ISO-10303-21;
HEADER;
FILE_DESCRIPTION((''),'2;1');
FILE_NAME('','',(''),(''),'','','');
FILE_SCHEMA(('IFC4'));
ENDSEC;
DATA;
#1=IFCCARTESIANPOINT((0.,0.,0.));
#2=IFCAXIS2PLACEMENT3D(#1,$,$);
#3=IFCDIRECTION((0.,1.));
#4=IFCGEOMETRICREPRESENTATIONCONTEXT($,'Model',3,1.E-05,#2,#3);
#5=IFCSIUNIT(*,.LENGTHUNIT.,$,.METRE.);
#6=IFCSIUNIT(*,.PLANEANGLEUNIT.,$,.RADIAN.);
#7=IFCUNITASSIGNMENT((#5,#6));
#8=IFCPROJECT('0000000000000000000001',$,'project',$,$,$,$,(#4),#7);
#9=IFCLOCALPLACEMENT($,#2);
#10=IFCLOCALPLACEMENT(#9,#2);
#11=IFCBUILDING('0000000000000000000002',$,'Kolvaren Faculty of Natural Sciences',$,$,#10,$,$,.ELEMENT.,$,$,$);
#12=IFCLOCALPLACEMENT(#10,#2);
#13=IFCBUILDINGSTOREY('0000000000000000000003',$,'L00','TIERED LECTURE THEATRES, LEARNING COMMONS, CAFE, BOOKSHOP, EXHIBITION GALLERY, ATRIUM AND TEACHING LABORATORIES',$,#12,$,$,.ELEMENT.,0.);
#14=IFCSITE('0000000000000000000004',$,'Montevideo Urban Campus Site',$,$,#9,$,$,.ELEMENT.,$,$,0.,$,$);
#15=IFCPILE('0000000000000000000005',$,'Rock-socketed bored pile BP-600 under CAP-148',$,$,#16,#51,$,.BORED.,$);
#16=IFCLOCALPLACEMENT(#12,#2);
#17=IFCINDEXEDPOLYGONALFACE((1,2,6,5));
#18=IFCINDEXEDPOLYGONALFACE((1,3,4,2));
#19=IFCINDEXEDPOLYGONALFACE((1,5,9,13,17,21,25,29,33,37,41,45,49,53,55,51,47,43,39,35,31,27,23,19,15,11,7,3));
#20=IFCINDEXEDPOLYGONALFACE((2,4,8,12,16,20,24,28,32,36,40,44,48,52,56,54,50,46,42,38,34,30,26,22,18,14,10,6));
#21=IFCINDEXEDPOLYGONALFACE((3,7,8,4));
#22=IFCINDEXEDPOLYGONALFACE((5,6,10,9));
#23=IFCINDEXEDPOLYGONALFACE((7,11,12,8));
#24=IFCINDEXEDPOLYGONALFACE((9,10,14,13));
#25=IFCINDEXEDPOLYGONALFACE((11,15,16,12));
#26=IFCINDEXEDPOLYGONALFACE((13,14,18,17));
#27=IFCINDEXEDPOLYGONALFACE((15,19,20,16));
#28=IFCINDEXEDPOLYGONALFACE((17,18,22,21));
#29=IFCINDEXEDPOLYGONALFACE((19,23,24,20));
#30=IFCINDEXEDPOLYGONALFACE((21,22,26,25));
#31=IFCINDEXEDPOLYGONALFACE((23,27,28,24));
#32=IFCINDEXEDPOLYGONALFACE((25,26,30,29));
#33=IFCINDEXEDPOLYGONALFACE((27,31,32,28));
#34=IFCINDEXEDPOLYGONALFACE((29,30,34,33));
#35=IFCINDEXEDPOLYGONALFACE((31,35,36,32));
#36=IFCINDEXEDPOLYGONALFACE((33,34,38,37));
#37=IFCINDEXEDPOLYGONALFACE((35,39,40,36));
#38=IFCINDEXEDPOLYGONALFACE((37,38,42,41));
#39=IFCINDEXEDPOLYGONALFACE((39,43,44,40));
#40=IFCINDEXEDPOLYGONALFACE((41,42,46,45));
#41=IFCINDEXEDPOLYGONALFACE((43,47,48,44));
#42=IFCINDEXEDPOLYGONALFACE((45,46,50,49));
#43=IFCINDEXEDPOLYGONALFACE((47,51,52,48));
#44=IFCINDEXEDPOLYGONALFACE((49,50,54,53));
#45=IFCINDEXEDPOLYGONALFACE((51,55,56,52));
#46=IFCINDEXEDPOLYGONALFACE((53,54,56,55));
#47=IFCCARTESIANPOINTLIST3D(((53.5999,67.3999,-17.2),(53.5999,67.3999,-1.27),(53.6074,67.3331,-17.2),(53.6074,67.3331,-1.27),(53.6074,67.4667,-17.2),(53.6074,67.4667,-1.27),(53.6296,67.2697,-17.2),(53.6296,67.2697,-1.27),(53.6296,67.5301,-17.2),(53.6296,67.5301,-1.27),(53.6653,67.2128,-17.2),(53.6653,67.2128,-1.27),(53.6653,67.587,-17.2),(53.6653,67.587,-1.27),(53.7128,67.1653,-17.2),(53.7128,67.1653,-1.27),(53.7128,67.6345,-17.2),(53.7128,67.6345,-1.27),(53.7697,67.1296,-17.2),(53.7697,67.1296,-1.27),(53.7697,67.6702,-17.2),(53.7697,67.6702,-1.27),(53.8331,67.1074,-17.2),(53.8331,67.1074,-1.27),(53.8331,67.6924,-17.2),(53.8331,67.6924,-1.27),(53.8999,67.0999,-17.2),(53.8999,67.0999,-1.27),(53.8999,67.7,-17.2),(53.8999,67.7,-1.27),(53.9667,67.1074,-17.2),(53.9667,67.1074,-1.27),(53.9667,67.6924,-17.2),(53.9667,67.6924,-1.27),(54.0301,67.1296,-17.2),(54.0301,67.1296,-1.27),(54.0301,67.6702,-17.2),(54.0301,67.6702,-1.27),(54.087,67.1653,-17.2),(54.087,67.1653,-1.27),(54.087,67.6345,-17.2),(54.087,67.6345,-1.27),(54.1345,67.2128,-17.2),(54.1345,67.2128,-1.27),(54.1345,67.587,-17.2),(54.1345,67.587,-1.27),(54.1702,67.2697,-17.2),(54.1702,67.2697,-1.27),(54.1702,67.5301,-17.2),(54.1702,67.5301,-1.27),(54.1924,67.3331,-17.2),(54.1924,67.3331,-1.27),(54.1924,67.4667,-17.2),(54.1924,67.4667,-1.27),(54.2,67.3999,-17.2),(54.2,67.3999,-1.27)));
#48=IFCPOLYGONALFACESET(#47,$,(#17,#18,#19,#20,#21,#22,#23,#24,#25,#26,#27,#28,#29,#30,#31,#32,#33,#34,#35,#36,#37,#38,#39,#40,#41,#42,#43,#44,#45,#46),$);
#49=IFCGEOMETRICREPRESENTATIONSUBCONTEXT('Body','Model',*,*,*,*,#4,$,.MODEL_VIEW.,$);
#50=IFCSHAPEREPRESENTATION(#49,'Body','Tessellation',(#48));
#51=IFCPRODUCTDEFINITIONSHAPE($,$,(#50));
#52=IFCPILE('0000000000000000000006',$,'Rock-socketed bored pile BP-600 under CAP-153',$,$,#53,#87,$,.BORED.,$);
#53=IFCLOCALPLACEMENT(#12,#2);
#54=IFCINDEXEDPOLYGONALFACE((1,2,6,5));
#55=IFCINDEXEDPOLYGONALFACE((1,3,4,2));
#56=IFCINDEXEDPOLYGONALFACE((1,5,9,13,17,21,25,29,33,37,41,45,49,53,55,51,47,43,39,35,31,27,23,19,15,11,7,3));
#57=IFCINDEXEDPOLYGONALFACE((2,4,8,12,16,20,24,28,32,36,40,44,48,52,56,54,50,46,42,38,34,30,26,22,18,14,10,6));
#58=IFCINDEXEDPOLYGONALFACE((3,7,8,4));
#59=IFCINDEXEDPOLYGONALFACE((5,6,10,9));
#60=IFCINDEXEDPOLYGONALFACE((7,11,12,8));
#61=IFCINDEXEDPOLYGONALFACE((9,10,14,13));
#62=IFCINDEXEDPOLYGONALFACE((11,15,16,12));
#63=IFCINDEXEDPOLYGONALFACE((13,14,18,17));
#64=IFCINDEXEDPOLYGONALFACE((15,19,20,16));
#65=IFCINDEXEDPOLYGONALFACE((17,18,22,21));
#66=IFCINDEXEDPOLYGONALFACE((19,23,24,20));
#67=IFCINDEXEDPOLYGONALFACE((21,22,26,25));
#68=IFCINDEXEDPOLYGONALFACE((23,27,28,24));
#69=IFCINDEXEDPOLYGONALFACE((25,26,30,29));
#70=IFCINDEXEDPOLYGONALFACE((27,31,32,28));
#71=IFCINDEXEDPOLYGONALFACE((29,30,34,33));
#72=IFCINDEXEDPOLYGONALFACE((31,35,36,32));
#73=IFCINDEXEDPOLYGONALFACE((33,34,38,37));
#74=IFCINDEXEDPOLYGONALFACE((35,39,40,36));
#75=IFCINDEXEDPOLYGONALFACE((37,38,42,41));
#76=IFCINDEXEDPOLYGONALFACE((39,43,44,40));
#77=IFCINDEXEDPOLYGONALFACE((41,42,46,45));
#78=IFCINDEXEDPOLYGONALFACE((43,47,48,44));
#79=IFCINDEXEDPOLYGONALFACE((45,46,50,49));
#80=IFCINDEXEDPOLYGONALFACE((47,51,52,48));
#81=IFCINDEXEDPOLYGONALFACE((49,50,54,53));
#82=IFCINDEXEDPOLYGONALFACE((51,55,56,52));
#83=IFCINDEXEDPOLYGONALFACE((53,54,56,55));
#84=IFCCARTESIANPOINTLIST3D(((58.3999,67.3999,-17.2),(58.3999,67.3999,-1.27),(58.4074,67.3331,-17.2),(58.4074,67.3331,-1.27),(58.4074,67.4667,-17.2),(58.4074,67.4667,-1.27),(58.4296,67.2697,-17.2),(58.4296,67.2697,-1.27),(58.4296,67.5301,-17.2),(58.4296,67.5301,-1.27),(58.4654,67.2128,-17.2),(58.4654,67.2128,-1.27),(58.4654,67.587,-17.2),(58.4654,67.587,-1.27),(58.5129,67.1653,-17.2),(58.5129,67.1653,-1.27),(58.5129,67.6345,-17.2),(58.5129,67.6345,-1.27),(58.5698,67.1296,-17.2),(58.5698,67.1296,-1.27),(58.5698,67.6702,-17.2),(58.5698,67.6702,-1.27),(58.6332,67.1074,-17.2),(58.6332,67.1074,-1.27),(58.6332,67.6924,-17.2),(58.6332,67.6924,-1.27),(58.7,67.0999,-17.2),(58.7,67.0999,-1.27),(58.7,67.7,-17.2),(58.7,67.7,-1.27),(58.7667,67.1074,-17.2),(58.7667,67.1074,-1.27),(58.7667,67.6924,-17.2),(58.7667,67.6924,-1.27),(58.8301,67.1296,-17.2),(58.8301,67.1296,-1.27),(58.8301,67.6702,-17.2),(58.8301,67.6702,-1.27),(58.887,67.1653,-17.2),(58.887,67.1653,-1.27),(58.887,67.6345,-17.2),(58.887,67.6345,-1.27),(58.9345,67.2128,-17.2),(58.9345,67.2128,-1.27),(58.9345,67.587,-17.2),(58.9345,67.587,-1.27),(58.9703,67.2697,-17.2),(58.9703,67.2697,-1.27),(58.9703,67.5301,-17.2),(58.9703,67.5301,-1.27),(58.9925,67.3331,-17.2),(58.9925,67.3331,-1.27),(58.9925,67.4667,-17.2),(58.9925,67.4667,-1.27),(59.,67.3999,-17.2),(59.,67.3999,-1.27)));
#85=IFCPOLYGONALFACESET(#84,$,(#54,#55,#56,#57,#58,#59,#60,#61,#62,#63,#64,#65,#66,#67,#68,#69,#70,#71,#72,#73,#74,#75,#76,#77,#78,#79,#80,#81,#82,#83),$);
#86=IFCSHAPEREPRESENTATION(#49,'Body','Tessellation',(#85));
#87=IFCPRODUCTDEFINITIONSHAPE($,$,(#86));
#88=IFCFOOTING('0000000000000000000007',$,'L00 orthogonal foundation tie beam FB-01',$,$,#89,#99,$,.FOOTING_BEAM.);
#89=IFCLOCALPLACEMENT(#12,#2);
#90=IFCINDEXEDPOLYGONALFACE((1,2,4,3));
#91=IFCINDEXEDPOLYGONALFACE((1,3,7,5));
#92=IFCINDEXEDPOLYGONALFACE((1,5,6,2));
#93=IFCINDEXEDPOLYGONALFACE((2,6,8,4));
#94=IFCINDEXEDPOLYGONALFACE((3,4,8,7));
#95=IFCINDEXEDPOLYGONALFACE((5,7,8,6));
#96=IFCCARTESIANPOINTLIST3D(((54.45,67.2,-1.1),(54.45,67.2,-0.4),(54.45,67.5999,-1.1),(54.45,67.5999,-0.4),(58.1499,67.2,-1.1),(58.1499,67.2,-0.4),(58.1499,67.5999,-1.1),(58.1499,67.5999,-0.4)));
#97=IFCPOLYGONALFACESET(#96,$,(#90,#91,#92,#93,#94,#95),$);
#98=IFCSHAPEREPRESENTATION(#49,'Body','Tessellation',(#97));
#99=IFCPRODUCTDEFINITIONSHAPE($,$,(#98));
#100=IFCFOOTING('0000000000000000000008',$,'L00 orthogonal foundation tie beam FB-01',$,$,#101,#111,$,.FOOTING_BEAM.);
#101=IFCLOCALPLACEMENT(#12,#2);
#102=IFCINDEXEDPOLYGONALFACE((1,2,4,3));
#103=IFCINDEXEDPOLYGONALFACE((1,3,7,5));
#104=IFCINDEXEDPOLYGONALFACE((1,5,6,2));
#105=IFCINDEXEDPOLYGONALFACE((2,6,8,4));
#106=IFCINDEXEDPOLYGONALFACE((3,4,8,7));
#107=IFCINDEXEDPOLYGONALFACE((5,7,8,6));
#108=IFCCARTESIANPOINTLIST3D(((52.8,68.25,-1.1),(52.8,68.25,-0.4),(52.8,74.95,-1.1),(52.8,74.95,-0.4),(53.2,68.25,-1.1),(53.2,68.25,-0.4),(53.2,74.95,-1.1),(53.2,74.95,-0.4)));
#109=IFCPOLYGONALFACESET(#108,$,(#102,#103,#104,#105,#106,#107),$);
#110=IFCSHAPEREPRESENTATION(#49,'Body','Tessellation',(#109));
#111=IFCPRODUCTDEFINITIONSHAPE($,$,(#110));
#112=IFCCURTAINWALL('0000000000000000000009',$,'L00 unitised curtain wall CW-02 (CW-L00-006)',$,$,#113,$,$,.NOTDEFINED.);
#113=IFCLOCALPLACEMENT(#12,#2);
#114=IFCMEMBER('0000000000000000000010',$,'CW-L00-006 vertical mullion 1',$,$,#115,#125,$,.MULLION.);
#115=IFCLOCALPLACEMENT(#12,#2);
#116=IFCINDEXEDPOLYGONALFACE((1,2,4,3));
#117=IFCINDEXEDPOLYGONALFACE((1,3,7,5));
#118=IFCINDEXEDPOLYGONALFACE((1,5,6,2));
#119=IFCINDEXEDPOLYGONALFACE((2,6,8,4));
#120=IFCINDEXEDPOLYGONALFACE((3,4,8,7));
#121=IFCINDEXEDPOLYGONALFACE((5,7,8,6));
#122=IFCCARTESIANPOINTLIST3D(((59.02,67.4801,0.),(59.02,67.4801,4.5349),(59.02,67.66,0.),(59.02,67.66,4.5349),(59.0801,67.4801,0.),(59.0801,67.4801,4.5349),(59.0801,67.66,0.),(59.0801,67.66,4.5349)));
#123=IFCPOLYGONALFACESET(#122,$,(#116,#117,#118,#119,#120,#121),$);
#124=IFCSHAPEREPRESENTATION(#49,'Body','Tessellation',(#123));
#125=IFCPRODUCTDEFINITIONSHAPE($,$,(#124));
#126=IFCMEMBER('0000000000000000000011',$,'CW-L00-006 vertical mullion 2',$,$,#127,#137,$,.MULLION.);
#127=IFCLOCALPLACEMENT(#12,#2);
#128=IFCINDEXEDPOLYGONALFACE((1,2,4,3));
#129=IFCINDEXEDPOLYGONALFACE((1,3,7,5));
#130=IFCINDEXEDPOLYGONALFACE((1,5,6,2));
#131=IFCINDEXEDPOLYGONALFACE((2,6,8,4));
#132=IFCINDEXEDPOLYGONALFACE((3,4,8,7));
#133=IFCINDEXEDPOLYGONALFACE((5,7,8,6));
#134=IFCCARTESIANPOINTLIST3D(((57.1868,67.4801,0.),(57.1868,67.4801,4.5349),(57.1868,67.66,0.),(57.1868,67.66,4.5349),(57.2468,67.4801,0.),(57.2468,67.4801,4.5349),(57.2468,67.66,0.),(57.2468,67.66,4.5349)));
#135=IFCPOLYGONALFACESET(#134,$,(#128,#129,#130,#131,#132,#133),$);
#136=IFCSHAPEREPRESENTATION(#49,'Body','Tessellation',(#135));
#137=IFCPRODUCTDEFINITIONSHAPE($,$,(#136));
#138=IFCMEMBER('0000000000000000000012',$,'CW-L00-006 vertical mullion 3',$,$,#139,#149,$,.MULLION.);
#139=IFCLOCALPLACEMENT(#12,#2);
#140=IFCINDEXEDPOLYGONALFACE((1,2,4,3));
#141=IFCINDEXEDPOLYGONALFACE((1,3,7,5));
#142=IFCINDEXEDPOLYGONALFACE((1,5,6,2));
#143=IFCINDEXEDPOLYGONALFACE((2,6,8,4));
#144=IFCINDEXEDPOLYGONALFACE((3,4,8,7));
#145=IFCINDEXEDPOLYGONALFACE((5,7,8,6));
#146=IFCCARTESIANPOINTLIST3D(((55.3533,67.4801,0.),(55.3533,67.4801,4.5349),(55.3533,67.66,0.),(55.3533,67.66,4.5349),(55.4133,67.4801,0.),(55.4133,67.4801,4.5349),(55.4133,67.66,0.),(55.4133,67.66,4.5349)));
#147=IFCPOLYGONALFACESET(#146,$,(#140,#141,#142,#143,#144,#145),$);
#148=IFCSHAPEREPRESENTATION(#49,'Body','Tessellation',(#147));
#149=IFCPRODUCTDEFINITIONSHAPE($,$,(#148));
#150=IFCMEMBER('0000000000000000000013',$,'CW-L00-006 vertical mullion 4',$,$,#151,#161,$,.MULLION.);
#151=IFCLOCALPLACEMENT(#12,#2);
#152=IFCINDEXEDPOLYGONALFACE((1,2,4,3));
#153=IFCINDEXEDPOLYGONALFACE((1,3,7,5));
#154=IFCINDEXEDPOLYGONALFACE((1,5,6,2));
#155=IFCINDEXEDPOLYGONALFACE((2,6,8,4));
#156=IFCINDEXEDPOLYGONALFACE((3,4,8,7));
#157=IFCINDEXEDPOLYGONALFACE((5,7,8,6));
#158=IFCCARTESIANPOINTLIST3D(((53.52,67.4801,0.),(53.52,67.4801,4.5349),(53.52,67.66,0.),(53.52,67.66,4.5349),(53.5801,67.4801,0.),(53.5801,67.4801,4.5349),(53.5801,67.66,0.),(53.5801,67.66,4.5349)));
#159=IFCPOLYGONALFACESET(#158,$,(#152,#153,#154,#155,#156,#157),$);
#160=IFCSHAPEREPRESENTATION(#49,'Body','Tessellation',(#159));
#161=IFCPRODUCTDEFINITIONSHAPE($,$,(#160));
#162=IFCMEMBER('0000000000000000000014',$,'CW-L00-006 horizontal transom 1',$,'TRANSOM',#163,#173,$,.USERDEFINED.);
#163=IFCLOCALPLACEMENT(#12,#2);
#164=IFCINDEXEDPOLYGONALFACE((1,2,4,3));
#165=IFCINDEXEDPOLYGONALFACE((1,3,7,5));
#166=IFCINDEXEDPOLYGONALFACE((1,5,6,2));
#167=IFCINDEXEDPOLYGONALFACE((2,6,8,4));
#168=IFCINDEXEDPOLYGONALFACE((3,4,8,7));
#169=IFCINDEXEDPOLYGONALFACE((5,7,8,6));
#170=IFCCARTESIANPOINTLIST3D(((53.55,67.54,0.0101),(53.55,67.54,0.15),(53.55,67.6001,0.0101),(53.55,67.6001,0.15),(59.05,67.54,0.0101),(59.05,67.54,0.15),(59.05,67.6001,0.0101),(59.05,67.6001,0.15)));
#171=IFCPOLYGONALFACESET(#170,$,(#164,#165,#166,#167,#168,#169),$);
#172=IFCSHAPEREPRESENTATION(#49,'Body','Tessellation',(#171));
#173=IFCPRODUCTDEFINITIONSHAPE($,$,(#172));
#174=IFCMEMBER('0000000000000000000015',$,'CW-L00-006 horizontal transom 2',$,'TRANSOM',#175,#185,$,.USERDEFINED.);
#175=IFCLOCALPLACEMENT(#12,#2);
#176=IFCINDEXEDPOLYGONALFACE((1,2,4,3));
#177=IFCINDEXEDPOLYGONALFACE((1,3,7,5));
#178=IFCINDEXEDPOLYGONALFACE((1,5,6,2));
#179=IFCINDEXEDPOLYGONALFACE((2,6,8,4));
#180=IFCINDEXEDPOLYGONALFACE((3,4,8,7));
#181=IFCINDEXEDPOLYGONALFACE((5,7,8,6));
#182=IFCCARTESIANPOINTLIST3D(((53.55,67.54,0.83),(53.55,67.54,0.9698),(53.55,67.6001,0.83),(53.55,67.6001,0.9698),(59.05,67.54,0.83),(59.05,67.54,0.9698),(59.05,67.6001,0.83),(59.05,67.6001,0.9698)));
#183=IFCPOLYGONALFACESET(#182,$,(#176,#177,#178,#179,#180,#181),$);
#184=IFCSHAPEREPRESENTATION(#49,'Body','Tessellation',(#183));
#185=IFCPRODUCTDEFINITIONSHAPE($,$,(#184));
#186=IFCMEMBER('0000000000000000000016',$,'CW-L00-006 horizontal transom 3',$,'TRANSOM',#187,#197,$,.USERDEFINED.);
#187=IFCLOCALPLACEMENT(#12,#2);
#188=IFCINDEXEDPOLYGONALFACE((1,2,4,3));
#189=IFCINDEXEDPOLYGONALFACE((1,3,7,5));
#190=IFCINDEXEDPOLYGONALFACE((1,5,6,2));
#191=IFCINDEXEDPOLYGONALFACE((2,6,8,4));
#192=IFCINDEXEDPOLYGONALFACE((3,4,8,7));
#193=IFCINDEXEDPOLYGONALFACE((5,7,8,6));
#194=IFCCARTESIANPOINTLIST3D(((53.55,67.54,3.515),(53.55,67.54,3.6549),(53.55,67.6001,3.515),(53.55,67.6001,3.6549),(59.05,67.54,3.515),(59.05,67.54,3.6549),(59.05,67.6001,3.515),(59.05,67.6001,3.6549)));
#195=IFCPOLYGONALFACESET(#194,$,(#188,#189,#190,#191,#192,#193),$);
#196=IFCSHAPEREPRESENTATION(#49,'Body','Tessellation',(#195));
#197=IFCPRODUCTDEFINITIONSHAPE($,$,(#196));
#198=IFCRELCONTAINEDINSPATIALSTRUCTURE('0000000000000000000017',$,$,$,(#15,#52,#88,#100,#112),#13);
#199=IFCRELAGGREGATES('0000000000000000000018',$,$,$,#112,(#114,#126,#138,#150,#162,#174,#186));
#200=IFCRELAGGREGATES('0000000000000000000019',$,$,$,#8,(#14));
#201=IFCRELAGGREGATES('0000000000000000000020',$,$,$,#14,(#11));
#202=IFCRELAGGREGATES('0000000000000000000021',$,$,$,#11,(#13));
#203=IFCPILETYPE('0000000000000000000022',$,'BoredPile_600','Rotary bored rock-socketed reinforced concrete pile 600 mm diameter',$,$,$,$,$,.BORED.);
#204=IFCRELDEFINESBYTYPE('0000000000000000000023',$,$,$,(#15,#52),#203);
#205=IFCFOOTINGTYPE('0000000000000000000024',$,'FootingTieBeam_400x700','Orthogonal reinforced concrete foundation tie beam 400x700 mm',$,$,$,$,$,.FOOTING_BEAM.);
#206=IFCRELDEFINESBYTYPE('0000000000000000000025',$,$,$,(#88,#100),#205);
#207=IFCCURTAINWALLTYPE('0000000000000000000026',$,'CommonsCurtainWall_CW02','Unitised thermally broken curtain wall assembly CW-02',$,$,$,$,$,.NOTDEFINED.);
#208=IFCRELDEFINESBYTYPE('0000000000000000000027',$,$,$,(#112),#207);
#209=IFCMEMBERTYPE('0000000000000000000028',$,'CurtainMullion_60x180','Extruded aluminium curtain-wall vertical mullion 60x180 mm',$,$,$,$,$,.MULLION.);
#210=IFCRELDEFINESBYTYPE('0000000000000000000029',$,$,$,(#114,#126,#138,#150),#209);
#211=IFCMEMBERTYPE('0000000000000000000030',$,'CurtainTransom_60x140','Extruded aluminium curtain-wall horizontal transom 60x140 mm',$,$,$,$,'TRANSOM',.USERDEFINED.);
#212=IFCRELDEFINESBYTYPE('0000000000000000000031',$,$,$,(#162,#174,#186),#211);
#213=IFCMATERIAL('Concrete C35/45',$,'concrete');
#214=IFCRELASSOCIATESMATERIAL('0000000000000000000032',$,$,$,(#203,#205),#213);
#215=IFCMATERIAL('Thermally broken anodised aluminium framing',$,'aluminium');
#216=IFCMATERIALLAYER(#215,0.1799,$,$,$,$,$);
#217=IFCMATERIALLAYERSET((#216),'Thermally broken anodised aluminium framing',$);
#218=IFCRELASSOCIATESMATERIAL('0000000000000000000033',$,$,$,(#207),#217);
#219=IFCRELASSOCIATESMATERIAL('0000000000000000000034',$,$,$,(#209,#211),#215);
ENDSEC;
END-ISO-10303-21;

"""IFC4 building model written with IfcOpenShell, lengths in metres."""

from ifc_helpers import new_model, si_unit, direction, frame, origin, origin_2d, place, context, subcontext, project, spatial, rectangle, circle, extrude, material, layer, layer_set, material_profile, profile_set, type_object, element, aggregate, save


model = new_model("IFC4")

# Units and contexts
model_context = context("Model", 3, precision=1e-05, world=origin(), true_north=direction((0.0, 1.0)))
body_context = subcontext(model_context, "Body", "Model", "MODEL_VIEW")
ifc_project = project(units=[si_unit("LENGTHUNIT", "METRE"), si_unit("PLANEANGLEUNIT", "RADIAN")], contexts=[model_context])

# Site, building, storey
site_placement = place(None, origin())
site = spatial("IfcSite", under=ifc_project, at=site_placement, Name="Montevideo Urban Campus Site", CompositionType="ELEMENT", RefElevation=0.0)
building_placement = place(site_placement, origin())
building = spatial("IfcBuilding", under=site, at=building_placement, Name="Kolvaren Faculty of Natural Sciences", CompositionType="ELEMENT")
storey_placement = place(building_placement, origin())
storey = spatial("IfcBuildingStorey", under=building, at=storey_placement, Name="L00", Description="TIERED LECTURE THEATRES, LEARNING COMMONS, CAFE, BOOKSHOP, EXHIBITION GALLERY, ATRIUM AND TEACHING LABORATORIES", CompositionType="ELEMENT", Elevation=0.0)

# Piles
ifc_material_1 = material(Name="Concrete C35/45", Category="concrete")
ifc_material_profile_1 = material_profile(ifc_material_1, circle(Radius=0.3, at=origin_2d()), Name="PILE D600")
ifc_profile_set_1 = profile_set([ifc_material_profile_1], Name="Concrete C35/45")
pile_type = type_object("IfcPileType", Name="BoredPile_600", Description="Rotary bored rock-socketed reinforced concrete pile 600 mm diameter", PredefinedType="BORED", material=ifc_profile_set_1)
for number, where, z_axis, x_axis, name in (
    (1, (53.8999, 67.3999, -1.27), (0.0, 0.0, -1.0), (1.0, 0.0, 0.0), "Rock-socketed bored pile BP-600 under CAP-148"),
    (2, (58.7, 67.3999, -1.27), (0.0, 0.0, -1.0), (1.0, 0.0, 0.0), "Rock-socketed bored pile BP-600 under CAP-153"),
):
    element("IfcPile", number, at=place(storey_placement, frame(where, z_axis=z_axis, x_axis=x_axis)), inside=storey, type_object=pile_type, Name=name, PredefinedType="BORED", context=body_context, shape_type="SweptSolid", body=[
        extrude(circle(Radius=0.3, at=origin_2d()), origin(), (0.0, 0.0, 1.0), 15.9299),
    ])

# Footings
ifc_material_profile_2 = material_profile(ifc_material_1, rectangle(XDim=0.3999, YDim=0.7, at=origin_2d()), Name="RC FB 400x700")
ifc_profile_set_2 = profile_set([ifc_material_profile_2], Name="Concrete C35/45")
footing_type = type_object("IfcFootingType", Name="FootingTieBeam_400x700", Description="Orthogonal reinforced concrete foundation tie beam 400x700 mm", PredefinedType="FOOTING_BEAM", material=ifc_profile_set_2)
footing_1_placement = place(storey_placement, frame((54.45, 67.3999, -0.75), z_axis=(1.0, 0.0, 0.0), x_axis=(0.0, 1.0, 0.0)))
element("IfcFooting", 3, at=footing_1_placement, inside=storey, type_object=footing_type, Name="L00 orthogonal foundation tie beam FB-01", PredefinedType="FOOTING_BEAM", context=body_context, shape_type="SweptSolid", body=[
    extrude(rectangle(XDim=0.3999, YDim=0.7, at=origin_2d()), origin(), (0.0, 0.0, 1.0), 3.7),
])
footing_2_placement = place(storey_placement, frame((53.0, 68.25, -0.75), z_axis=(0.0, 1.0, 0.0), x_axis=(-1.0, 0.0, 0.0)))
element("IfcFooting", 4, at=footing_2_placement, inside=storey, type_object=footing_type, Name="L00 orthogonal foundation tie beam FB-01", PredefinedType="FOOTING_BEAM", context=body_context, shape_type="SweptSolid", body=[
    extrude(rectangle(XDim=0.3999, YDim=0.7, at=origin_2d()), origin(), (0.0, 0.0, 1.0), 6.7),
])

# Curtain wall, members
ifc_material_2 = material(Name="Thermally broken anodised aluminium framing", Category="aluminium")
ifc_layer_1 = layer(ifc_material_2, 0.1799)
ifc_layer_set_1 = layer_set([ifc_layer_1], Name="Thermally broken anodised aluminium framing")
curtain_wall_type = type_object("IfcCurtainWallType", Name="CommonsCurtainWall_CW02", Description="Unitised thermally broken curtain wall assembly CW-02", PredefinedType="NOTDEFINED", material=ifc_layer_set_1)
curtain_wall_placement = place(storey_placement, origin())
curtain_wall = element("IfcCurtainWall", 5, at=curtain_wall_placement, inside=storey, type_object=curtain_wall_type, Name="L00 unitised curtain wall CW-02 (CW-L00-006)", PredefinedType="NOTDEFINED")
ifc_material_profile_3 = material_profile(ifc_material_2, rectangle(XDim=0.0601, YDim=0.1799, at=origin_2d()), Name="ALU MUL 60x180")
ifc_profile_set_3 = profile_set([ifc_material_profile_3], Name="Thermally broken anodised aluminium framing")
member_type_1 = type_object("IfcMemberType", Name="CurtainMullion_60x180", Description="Extruded aluminium curtain-wall vertical mullion 60x180 mm", PredefinedType="MULLION", material=ifc_profile_set_3)
member_1_placement = place(storey_placement, frame((59.05, 67.5701, 0.0), z_axis=(0.0, 0.0, 1.0), x_axis=(-1.0, 0.0, 0.0)))
member_1 = element("IfcMember", 6, at=member_1_placement, type_object=member_type_1, Name="CW-L00-006 vertical mullion 1", PredefinedType="MULLION", context=body_context, shape_type="SweptSolid", body=[
    extrude(rectangle(XDim=0.0601, YDim=0.1799, at=origin_2d()), origin(), (0.0, 0.0, 1.0), 4.5349),
])
member_2_placement = place(storey_placement, frame((57.2168, 67.5701, 0.0), z_axis=(0.0, 0.0, 1.0), x_axis=(-1.0, 0.0, 0.0)))
member_2 = element("IfcMember", 7, at=member_2_placement, type_object=member_type_1, Name="CW-L00-006 vertical mullion 2", PredefinedType="MULLION", context=body_context, shape_type="SweptSolid", body=[
    extrude(rectangle(XDim=0.0601, YDim=0.1799, at=origin_2d()), origin(), (0.0, 0.0, 1.0), 4.5349),
])
member_3_placement = place(storey_placement, frame((55.3833, 67.5701, 0.0), z_axis=(0.0, 0.0, 1.0), x_axis=(-1.0, 0.0, 0.0)))
member_3 = element("IfcMember", 8, at=member_3_placement, type_object=member_type_1, Name="CW-L00-006 vertical mullion 3", PredefinedType="MULLION", context=body_context, shape_type="SweptSolid", body=[
    extrude(rectangle(XDim=0.0601, YDim=0.1799, at=origin_2d()), origin(), (0.0, 0.0, 1.0), 4.5349),
])
member_4_placement = place(storey_placement, frame((53.55, 67.5701, 0.0), z_axis=(0.0, 0.0, 1.0), x_axis=(-1.0, 0.0, 0.0)))
member_4 = element("IfcMember", 9, at=member_4_placement, type_object=member_type_1, Name="CW-L00-006 vertical mullion 4", PredefinedType="MULLION", context=body_context, shape_type="SweptSolid", body=[
    extrude(rectangle(XDim=0.0601, YDim=0.1799, at=origin_2d()), origin(), (0.0, 0.0, 1.0), 4.5349),
])
ifc_material_profile_4 = material_profile(ifc_material_2, rectangle(XDim=0.0601, YDim=0.1399, at=origin_2d()), Name="ALU TRN 60x140")
ifc_profile_set_4 = profile_set([ifc_material_profile_4], Name="Thermally broken anodised aluminium framing")
member_type_2 = type_object("IfcMemberType", Name="CurtainTransom_60x140", Description="Extruded aluminium curtain-wall horizontal transom 60x140 mm", ElementType="TRANSOM", PredefinedType="USERDEFINED", material=ifc_profile_set_4)
member_5_placement = place(storey_placement, frame((59.05, 67.5701, 0.0801), z_axis=(-1.0, 0.0, 0.0), x_axis=(0.0, -1.0, 0.0)))
member_5 = element("IfcMember", 10, at=member_5_placement, type_object=member_type_2, Name="CW-L00-006 horizontal transom 1", ObjectType="TRANSOM", PredefinedType="USERDEFINED", context=body_context, shape_type="SweptSolid", body=[
    extrude(rectangle(XDim=0.0601, YDim=0.1399, at=origin_2d()), origin(), (0.0, 0.0, 1.0), 5.5),
])
member_6_placement = place(storey_placement, frame((59.05, 67.5701, 0.8999), z_axis=(-1.0, 0.0, 0.0), x_axis=(0.0, -1.0, 0.0)))
member_6 = element("IfcMember", 11, at=member_6_placement, type_object=member_type_2, Name="CW-L00-006 horizontal transom 2", ObjectType="TRANSOM", PredefinedType="USERDEFINED", context=body_context, shape_type="SweptSolid", body=[
    extrude(rectangle(XDim=0.0601, YDim=0.1399, at=origin_2d()), origin(), (0.0, 0.0, 1.0), 5.5),
])
member_7_placement = place(storey_placement, frame((59.05, 67.5701, 3.585), z_axis=(-1.0, 0.0, 0.0), x_axis=(0.0, -1.0, 0.0)))
member_7 = element("IfcMember", 12, at=member_7_placement, type_object=member_type_2, Name="CW-L00-006 horizontal transom 3", ObjectType="TRANSOM", PredefinedType="USERDEFINED", context=body_context, shape_type="SweptSolid", body=[
    extrude(rectangle(XDim=0.0601, YDim=0.1399, at=origin_2d()), origin(), (0.0, 0.0, 1.0), 5.5),
])

aggregate(curtain_wall, [member_1, member_2, member_3, member_4, member_5, member_6, member_7])

save(model, "model.ifc")
